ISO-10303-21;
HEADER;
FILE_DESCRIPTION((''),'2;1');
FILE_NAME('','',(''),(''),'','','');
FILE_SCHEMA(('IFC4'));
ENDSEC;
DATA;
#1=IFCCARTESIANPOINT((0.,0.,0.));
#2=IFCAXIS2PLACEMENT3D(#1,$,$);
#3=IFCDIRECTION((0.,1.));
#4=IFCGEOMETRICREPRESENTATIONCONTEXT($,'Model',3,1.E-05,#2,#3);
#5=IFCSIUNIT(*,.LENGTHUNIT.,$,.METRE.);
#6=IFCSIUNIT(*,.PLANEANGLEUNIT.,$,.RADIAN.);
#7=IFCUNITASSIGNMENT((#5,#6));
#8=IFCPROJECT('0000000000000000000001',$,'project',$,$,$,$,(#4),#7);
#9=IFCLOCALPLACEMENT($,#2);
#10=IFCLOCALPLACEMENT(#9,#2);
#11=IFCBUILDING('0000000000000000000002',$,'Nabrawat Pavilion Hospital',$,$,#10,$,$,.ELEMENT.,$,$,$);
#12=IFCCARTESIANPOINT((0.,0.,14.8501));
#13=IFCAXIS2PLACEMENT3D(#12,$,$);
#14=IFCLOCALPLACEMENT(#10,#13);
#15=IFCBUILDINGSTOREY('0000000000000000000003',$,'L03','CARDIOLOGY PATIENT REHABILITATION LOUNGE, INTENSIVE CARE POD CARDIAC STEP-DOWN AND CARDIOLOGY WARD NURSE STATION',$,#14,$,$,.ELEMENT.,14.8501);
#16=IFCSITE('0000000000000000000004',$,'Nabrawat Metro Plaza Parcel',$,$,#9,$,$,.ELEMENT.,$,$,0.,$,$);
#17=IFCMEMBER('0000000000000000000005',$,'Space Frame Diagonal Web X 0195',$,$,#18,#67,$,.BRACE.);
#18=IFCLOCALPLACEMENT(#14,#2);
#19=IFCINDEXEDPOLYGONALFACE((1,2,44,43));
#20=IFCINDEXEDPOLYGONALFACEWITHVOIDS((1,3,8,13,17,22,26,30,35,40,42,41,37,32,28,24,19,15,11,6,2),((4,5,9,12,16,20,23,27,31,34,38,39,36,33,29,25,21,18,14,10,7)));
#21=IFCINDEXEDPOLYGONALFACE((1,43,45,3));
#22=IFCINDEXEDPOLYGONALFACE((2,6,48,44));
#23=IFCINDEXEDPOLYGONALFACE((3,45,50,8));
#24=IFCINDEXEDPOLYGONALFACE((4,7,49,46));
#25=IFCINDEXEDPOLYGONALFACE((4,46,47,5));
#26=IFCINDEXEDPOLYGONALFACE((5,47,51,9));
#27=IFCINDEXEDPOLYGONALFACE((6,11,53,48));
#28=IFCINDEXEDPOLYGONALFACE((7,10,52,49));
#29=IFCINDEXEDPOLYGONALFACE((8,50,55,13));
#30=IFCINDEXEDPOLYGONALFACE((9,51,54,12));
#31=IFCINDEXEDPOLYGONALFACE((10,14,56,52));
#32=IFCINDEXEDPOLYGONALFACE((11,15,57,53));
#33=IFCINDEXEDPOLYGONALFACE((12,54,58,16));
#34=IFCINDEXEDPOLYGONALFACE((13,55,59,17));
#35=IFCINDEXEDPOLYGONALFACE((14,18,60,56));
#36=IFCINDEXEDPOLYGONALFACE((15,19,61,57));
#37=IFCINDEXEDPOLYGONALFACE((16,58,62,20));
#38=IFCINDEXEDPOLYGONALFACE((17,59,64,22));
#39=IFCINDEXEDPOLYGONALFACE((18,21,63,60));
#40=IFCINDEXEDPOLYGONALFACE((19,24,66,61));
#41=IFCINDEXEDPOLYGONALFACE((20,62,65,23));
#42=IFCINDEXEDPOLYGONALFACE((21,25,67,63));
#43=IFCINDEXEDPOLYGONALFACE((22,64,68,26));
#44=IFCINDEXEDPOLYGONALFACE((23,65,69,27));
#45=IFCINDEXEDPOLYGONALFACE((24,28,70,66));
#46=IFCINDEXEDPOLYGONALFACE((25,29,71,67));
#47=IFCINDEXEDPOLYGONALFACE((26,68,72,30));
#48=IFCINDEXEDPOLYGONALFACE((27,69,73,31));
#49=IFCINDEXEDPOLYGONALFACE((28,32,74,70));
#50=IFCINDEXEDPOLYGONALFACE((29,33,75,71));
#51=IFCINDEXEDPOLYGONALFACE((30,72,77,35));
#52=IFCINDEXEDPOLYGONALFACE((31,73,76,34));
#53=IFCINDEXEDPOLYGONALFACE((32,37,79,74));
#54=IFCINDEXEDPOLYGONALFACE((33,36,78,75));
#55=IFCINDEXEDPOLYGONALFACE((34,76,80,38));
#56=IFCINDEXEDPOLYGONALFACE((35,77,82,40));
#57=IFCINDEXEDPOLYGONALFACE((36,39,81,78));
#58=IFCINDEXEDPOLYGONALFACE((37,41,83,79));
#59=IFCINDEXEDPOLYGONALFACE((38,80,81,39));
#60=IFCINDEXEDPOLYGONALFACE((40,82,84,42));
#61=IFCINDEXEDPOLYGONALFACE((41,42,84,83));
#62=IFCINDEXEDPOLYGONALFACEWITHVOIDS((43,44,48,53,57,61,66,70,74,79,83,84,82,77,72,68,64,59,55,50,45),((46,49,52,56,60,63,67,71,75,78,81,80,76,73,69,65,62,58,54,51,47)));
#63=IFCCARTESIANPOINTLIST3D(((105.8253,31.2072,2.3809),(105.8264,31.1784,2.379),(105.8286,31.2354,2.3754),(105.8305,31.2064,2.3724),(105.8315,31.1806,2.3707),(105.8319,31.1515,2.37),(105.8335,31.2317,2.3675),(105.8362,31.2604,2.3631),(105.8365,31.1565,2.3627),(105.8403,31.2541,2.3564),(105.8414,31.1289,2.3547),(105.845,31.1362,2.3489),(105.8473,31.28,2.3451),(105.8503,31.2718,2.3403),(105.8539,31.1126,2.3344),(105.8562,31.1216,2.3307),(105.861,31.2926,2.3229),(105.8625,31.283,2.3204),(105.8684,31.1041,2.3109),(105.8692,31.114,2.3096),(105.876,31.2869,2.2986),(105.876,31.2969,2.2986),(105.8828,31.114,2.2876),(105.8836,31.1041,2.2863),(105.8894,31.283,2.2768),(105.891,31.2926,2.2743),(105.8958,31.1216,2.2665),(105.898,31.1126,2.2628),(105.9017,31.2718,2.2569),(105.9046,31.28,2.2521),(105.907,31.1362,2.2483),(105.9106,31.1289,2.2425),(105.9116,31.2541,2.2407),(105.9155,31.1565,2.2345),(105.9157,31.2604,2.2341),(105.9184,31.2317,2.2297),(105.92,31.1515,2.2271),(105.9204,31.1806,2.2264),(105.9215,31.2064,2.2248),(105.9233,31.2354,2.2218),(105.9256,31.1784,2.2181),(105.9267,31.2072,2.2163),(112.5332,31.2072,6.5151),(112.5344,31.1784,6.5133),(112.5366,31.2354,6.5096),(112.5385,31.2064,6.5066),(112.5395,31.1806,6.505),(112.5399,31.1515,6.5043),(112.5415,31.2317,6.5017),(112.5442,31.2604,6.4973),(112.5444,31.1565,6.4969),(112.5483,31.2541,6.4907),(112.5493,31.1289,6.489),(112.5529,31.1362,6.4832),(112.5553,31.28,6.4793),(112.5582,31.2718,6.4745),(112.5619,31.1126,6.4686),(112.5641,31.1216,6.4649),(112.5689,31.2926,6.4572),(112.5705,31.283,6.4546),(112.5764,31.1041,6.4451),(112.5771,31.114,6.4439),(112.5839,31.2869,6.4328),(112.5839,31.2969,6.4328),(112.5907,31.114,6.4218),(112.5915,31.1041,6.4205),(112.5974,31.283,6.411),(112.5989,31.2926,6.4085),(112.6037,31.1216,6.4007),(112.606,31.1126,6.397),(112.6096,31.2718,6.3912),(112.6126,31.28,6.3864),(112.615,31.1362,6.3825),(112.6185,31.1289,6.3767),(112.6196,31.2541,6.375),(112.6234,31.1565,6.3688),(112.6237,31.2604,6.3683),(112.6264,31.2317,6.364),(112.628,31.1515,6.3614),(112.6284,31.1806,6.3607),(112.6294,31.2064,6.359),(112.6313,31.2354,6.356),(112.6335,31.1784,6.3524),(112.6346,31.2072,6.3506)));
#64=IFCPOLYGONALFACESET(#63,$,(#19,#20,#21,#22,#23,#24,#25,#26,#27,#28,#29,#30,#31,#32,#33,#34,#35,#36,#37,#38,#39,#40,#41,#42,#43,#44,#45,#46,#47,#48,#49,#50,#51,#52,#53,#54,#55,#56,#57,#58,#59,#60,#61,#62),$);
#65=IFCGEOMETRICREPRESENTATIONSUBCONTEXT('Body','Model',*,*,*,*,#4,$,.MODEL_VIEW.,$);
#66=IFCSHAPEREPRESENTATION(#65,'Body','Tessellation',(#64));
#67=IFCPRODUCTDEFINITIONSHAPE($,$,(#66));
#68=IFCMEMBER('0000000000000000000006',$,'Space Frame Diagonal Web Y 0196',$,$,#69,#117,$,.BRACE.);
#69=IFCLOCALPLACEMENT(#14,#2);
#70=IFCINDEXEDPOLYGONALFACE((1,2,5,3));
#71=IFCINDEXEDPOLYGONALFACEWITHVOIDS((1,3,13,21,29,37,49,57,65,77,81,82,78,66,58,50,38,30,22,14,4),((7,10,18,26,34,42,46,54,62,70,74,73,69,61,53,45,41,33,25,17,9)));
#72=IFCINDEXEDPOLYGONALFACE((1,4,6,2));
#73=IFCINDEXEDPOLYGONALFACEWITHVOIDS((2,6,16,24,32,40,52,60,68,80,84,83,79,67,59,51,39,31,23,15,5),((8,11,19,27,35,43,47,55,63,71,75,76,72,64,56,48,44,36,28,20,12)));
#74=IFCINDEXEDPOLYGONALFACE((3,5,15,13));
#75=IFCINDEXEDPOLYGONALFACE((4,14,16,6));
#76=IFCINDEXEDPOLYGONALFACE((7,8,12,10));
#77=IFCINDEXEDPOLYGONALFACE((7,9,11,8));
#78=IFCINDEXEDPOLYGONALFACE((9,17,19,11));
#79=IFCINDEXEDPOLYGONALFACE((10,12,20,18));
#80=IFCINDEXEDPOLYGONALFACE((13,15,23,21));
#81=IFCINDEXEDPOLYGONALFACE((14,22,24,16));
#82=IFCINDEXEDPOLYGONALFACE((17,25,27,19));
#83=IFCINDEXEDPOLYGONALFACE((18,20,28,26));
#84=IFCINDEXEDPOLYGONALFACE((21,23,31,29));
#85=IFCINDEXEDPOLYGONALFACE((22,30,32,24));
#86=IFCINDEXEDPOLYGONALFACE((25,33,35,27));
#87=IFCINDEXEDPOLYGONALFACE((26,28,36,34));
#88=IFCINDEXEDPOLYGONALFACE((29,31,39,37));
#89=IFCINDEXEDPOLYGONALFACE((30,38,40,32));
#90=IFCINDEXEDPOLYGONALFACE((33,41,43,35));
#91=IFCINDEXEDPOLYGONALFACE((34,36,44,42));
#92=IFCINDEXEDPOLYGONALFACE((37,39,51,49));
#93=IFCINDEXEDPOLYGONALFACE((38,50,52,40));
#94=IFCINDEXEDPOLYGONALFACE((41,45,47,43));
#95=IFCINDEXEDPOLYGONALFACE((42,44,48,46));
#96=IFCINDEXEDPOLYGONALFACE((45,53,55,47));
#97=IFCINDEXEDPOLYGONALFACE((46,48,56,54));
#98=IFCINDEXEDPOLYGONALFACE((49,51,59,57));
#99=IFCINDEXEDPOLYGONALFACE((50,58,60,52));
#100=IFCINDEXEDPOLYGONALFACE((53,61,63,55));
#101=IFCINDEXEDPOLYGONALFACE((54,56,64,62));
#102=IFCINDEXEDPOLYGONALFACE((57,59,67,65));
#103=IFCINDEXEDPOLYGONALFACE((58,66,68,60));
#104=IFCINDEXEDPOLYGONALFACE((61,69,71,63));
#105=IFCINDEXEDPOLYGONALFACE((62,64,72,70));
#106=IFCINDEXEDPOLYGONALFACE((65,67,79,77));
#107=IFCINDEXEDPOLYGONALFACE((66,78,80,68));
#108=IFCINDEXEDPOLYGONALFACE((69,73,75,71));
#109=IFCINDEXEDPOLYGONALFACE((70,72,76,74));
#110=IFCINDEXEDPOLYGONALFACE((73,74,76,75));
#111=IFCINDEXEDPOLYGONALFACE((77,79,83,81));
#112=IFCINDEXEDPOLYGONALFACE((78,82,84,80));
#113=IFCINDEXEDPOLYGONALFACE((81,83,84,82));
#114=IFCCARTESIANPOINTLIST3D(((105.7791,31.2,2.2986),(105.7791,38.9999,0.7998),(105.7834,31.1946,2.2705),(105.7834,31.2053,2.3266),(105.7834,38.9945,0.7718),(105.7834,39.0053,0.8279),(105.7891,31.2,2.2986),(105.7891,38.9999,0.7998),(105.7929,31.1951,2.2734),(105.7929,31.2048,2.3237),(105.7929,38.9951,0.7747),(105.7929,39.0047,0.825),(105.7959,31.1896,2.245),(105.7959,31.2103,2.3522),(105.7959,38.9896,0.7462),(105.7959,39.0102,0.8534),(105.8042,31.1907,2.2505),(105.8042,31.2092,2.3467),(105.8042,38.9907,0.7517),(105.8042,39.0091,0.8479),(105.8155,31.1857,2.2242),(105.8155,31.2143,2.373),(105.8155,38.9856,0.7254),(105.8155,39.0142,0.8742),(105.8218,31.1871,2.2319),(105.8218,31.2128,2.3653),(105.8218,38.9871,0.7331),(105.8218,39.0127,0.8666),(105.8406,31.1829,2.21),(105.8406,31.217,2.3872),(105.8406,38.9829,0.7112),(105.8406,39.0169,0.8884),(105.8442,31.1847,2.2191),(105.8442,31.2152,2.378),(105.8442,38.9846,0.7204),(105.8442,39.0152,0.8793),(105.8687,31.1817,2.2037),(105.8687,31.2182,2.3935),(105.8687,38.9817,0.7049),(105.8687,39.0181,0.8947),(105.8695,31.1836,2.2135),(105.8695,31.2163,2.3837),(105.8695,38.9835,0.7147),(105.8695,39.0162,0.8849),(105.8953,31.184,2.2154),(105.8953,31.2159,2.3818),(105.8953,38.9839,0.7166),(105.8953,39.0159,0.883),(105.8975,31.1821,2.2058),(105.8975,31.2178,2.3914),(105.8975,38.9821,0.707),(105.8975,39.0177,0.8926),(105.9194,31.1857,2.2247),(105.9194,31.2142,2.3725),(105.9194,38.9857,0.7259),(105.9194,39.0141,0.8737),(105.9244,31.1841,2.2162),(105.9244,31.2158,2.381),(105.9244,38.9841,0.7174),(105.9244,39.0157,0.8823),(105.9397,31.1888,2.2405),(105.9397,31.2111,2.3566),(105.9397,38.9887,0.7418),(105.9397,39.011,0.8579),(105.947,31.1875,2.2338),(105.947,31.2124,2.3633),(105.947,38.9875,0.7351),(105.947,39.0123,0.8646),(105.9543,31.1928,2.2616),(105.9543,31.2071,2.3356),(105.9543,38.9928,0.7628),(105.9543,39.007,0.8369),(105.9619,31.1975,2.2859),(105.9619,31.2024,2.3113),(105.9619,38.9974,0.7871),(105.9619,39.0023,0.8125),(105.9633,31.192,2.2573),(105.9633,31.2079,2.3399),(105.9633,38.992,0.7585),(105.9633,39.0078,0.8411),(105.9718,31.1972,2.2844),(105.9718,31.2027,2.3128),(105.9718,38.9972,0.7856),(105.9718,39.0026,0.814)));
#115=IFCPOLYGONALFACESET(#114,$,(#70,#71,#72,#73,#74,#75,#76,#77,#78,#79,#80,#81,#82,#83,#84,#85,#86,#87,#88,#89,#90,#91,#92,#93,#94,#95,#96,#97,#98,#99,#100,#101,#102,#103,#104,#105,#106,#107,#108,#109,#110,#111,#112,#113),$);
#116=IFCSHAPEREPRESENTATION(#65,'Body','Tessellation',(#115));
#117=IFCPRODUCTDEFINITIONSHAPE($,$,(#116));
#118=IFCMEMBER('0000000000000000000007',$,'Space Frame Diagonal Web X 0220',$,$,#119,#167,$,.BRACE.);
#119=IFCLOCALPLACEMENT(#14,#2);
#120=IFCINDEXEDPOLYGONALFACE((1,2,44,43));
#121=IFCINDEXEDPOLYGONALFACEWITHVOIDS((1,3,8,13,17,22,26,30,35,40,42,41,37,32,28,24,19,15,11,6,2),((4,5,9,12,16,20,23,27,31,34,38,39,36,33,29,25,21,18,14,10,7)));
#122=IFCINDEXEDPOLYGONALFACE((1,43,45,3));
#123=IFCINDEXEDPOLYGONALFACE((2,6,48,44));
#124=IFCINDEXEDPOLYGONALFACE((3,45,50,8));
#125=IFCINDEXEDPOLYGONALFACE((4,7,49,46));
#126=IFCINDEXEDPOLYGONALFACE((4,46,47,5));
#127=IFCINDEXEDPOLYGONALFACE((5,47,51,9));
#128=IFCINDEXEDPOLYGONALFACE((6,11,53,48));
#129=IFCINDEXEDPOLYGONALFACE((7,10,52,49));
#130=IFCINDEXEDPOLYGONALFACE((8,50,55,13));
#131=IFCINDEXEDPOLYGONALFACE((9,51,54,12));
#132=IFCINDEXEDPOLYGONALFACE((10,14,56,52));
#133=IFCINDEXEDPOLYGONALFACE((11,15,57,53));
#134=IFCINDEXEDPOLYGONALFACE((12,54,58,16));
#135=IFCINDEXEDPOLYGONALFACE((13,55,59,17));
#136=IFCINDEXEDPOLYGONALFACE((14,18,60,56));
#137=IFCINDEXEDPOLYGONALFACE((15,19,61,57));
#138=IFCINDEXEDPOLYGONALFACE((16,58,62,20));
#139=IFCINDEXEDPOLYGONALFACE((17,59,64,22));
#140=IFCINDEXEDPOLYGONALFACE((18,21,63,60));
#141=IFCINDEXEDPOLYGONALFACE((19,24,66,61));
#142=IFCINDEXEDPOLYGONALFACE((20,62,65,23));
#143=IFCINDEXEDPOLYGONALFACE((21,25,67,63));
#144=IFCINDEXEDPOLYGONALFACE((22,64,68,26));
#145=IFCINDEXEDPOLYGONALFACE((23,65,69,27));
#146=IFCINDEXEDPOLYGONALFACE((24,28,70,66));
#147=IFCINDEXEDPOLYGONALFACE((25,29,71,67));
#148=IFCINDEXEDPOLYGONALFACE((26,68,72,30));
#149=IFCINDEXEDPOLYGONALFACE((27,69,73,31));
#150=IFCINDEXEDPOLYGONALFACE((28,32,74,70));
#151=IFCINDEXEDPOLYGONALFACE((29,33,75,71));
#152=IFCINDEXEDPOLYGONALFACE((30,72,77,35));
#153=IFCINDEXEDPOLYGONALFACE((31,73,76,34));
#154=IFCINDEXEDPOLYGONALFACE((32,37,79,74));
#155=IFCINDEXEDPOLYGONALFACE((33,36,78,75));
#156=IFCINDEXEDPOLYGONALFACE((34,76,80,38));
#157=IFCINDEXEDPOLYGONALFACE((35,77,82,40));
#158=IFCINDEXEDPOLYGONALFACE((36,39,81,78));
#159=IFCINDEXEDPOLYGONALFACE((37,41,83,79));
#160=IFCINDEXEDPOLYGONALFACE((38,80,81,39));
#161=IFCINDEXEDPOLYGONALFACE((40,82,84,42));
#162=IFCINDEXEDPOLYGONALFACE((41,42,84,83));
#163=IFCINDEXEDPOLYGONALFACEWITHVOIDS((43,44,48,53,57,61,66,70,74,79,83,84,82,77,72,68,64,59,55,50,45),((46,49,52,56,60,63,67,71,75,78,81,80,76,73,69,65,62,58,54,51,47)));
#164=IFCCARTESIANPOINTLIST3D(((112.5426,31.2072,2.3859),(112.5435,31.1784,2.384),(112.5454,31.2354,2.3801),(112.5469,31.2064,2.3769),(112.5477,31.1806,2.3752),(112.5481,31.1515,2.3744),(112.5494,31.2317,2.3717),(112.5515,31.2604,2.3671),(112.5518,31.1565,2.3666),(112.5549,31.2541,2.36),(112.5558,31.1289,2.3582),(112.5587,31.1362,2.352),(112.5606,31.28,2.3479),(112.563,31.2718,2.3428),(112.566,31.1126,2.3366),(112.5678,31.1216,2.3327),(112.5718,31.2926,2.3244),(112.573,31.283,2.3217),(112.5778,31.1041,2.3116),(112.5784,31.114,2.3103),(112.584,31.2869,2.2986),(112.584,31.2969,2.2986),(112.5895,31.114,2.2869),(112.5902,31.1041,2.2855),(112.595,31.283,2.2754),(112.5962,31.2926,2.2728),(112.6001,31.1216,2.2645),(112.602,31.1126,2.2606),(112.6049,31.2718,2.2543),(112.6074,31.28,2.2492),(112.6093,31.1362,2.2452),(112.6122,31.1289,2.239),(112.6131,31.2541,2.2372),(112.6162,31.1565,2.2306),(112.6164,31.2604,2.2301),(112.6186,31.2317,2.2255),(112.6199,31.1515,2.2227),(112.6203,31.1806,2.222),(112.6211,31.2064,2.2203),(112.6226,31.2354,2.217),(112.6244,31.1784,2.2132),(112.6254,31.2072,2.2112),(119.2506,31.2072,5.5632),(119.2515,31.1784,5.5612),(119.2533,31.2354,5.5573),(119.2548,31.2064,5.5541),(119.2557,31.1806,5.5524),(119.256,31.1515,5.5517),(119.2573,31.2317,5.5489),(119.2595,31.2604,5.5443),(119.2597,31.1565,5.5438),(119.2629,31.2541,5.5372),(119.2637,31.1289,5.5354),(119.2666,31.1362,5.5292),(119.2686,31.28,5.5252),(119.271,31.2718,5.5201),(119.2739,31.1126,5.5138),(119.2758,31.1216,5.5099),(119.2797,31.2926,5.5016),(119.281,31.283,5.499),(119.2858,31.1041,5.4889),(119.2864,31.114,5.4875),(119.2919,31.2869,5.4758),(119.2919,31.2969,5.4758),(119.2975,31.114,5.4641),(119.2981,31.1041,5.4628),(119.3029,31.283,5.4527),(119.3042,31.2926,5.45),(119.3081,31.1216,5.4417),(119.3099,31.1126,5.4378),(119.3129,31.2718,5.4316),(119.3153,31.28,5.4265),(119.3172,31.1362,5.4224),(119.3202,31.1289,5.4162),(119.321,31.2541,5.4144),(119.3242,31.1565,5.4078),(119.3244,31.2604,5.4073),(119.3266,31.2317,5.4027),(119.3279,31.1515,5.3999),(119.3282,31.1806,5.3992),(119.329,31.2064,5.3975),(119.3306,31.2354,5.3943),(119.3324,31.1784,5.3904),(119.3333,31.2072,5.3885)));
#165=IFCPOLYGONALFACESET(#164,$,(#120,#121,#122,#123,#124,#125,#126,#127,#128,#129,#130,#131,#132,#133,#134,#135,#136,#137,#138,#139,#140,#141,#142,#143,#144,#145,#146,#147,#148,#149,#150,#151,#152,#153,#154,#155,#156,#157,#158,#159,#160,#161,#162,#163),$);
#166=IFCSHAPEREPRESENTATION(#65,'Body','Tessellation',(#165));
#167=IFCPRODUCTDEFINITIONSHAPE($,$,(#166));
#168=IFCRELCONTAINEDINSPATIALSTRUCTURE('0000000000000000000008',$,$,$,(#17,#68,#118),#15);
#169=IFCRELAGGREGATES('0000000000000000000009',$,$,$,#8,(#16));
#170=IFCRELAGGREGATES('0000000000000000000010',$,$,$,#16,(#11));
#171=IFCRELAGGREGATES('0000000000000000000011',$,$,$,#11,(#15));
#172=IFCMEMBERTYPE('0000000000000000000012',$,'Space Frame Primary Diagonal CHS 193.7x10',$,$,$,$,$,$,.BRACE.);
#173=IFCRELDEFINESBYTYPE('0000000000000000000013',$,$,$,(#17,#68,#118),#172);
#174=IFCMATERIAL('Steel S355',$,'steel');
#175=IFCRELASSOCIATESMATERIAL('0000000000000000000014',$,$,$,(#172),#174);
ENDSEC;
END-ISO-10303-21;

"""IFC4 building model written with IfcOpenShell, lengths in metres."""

from ifc_helpers import new_model, si_unit, direction, frame, origin, origin_2d, place, context, subcontext, project, spatial, hollow_circle, extrude, material, material_profile, profile_set, type_object, element, save


model = new_model("IFC4")

# Units and contexts
model_context = context("Model", 3, precision=1e-05, world=origin(), true_north=direction((0.0, 1.0)))
body_context = subcontext(model_context, "Body", "Model", "MODEL_VIEW")
ifc_project = project(units=[si_unit("LENGTHUNIT", "METRE"), si_unit("PLANEANGLEUNIT", "RADIAN")], contexts=[model_context])

# Site, building, storey
site_placement = place(None, origin())
site = spatial("IfcSite", under=ifc_project, at=site_placement, Name="Nabrawat Metro Plaza Parcel", CompositionType="ELEMENT", RefElevation=0.0)
building_placement = place(site_placement, origin())
building = spatial("IfcBuilding", under=site, at=building_placement, Name="Nabrawat Pavilion Hospital", CompositionType="ELEMENT")
storey_placement = place(building_placement, frame((0.0, 0.0, 14.8501)))
storey = spatial("IfcBuildingStorey", under=building, at=storey_placement, Name="L03", Description="CARDIOLOGY PATIENT REHABILITATION LOUNGE, INTENSIVE CARE POD CARDIAC STEP-DOWN AND CARDIOLOGY WARD NURSE STATION", CompositionType="ELEMENT", Elevation=14.8501)

# Members
ifc_material = material(Name="Steel S355", Category="steel")
ifc_material_profile_1 = material_profile(ifc_material, hollow_circle(Radius=0.0969, WallThickness=0.01, at=origin_2d()), Name="CHS 193.7x10")
ifc_profile_set_1 = profile_set([ifc_material_profile_1], Name="Steel S355")
member_type_1 = type_object("IfcMemberType", Name="Space Frame Primary Diagonal CHS 193.7x10", PredefinedType="BRACE", material=ifc_profile_set_1)
member_1_placement = place(storey_placement, frame((105.876, 31.2, 2.2986), z_axis=(0.851303, 0.0, 0.524675), x_axis=(0.0, 1.0, 0.0)))
element("IfcMember", 1, at=member_1_placement, inside=storey, type_object=member_type_1, Name="Space Frame Diagonal Web X 0195", PredefinedType="BRACE", context=body_context, shape_type="SweptSolid", body=[
    extrude(hollow_circle(Radius=0.0969, WallThickness=0.01, at=origin_2d()), origin(), (0.0, 0.0, 1.0), 7.8796),
])
member_2_placement = place(storey_placement, frame((105.876, 31.2, 2.2986), z_axis=(0.0, 0.982035, -0.188698), x_axis=(-1.0, 0.0, 0.0)))
element("IfcMember", 2, at=member_2_placement, inside=storey, type_object=member_type_1, Name="Space Frame Diagonal Web Y 0196", PredefinedType="BRACE", context=body_context, shape_type="SweptSolid", body=[
    extrude(hollow_circle(Radius=0.0969, WallThickness=0.01, at=origin_2d()), origin(), (0.0, 0.0, 1.0), 7.9426),
])
member_3_placement = place(storey_placement, frame((112.584, 31.2, 2.2986), z_axis=(0.90375, 0.0, 0.428061), x_axis=(0.0, 1.0, 0.0)))
element("IfcMember", 3, at=member_3_placement, inside=storey, type_object=member_type_1, Name="Space Frame Diagonal Web X 0220", PredefinedType="BRACE", context=body_context, shape_type="SweptSolid", body=[
    extrude(hollow_circle(Radius=0.0969, WallThickness=0.01, at=origin_2d()), origin(), (0.0, 0.0, 1.0), 7.4224),
])

save(model, "model.ifc")
